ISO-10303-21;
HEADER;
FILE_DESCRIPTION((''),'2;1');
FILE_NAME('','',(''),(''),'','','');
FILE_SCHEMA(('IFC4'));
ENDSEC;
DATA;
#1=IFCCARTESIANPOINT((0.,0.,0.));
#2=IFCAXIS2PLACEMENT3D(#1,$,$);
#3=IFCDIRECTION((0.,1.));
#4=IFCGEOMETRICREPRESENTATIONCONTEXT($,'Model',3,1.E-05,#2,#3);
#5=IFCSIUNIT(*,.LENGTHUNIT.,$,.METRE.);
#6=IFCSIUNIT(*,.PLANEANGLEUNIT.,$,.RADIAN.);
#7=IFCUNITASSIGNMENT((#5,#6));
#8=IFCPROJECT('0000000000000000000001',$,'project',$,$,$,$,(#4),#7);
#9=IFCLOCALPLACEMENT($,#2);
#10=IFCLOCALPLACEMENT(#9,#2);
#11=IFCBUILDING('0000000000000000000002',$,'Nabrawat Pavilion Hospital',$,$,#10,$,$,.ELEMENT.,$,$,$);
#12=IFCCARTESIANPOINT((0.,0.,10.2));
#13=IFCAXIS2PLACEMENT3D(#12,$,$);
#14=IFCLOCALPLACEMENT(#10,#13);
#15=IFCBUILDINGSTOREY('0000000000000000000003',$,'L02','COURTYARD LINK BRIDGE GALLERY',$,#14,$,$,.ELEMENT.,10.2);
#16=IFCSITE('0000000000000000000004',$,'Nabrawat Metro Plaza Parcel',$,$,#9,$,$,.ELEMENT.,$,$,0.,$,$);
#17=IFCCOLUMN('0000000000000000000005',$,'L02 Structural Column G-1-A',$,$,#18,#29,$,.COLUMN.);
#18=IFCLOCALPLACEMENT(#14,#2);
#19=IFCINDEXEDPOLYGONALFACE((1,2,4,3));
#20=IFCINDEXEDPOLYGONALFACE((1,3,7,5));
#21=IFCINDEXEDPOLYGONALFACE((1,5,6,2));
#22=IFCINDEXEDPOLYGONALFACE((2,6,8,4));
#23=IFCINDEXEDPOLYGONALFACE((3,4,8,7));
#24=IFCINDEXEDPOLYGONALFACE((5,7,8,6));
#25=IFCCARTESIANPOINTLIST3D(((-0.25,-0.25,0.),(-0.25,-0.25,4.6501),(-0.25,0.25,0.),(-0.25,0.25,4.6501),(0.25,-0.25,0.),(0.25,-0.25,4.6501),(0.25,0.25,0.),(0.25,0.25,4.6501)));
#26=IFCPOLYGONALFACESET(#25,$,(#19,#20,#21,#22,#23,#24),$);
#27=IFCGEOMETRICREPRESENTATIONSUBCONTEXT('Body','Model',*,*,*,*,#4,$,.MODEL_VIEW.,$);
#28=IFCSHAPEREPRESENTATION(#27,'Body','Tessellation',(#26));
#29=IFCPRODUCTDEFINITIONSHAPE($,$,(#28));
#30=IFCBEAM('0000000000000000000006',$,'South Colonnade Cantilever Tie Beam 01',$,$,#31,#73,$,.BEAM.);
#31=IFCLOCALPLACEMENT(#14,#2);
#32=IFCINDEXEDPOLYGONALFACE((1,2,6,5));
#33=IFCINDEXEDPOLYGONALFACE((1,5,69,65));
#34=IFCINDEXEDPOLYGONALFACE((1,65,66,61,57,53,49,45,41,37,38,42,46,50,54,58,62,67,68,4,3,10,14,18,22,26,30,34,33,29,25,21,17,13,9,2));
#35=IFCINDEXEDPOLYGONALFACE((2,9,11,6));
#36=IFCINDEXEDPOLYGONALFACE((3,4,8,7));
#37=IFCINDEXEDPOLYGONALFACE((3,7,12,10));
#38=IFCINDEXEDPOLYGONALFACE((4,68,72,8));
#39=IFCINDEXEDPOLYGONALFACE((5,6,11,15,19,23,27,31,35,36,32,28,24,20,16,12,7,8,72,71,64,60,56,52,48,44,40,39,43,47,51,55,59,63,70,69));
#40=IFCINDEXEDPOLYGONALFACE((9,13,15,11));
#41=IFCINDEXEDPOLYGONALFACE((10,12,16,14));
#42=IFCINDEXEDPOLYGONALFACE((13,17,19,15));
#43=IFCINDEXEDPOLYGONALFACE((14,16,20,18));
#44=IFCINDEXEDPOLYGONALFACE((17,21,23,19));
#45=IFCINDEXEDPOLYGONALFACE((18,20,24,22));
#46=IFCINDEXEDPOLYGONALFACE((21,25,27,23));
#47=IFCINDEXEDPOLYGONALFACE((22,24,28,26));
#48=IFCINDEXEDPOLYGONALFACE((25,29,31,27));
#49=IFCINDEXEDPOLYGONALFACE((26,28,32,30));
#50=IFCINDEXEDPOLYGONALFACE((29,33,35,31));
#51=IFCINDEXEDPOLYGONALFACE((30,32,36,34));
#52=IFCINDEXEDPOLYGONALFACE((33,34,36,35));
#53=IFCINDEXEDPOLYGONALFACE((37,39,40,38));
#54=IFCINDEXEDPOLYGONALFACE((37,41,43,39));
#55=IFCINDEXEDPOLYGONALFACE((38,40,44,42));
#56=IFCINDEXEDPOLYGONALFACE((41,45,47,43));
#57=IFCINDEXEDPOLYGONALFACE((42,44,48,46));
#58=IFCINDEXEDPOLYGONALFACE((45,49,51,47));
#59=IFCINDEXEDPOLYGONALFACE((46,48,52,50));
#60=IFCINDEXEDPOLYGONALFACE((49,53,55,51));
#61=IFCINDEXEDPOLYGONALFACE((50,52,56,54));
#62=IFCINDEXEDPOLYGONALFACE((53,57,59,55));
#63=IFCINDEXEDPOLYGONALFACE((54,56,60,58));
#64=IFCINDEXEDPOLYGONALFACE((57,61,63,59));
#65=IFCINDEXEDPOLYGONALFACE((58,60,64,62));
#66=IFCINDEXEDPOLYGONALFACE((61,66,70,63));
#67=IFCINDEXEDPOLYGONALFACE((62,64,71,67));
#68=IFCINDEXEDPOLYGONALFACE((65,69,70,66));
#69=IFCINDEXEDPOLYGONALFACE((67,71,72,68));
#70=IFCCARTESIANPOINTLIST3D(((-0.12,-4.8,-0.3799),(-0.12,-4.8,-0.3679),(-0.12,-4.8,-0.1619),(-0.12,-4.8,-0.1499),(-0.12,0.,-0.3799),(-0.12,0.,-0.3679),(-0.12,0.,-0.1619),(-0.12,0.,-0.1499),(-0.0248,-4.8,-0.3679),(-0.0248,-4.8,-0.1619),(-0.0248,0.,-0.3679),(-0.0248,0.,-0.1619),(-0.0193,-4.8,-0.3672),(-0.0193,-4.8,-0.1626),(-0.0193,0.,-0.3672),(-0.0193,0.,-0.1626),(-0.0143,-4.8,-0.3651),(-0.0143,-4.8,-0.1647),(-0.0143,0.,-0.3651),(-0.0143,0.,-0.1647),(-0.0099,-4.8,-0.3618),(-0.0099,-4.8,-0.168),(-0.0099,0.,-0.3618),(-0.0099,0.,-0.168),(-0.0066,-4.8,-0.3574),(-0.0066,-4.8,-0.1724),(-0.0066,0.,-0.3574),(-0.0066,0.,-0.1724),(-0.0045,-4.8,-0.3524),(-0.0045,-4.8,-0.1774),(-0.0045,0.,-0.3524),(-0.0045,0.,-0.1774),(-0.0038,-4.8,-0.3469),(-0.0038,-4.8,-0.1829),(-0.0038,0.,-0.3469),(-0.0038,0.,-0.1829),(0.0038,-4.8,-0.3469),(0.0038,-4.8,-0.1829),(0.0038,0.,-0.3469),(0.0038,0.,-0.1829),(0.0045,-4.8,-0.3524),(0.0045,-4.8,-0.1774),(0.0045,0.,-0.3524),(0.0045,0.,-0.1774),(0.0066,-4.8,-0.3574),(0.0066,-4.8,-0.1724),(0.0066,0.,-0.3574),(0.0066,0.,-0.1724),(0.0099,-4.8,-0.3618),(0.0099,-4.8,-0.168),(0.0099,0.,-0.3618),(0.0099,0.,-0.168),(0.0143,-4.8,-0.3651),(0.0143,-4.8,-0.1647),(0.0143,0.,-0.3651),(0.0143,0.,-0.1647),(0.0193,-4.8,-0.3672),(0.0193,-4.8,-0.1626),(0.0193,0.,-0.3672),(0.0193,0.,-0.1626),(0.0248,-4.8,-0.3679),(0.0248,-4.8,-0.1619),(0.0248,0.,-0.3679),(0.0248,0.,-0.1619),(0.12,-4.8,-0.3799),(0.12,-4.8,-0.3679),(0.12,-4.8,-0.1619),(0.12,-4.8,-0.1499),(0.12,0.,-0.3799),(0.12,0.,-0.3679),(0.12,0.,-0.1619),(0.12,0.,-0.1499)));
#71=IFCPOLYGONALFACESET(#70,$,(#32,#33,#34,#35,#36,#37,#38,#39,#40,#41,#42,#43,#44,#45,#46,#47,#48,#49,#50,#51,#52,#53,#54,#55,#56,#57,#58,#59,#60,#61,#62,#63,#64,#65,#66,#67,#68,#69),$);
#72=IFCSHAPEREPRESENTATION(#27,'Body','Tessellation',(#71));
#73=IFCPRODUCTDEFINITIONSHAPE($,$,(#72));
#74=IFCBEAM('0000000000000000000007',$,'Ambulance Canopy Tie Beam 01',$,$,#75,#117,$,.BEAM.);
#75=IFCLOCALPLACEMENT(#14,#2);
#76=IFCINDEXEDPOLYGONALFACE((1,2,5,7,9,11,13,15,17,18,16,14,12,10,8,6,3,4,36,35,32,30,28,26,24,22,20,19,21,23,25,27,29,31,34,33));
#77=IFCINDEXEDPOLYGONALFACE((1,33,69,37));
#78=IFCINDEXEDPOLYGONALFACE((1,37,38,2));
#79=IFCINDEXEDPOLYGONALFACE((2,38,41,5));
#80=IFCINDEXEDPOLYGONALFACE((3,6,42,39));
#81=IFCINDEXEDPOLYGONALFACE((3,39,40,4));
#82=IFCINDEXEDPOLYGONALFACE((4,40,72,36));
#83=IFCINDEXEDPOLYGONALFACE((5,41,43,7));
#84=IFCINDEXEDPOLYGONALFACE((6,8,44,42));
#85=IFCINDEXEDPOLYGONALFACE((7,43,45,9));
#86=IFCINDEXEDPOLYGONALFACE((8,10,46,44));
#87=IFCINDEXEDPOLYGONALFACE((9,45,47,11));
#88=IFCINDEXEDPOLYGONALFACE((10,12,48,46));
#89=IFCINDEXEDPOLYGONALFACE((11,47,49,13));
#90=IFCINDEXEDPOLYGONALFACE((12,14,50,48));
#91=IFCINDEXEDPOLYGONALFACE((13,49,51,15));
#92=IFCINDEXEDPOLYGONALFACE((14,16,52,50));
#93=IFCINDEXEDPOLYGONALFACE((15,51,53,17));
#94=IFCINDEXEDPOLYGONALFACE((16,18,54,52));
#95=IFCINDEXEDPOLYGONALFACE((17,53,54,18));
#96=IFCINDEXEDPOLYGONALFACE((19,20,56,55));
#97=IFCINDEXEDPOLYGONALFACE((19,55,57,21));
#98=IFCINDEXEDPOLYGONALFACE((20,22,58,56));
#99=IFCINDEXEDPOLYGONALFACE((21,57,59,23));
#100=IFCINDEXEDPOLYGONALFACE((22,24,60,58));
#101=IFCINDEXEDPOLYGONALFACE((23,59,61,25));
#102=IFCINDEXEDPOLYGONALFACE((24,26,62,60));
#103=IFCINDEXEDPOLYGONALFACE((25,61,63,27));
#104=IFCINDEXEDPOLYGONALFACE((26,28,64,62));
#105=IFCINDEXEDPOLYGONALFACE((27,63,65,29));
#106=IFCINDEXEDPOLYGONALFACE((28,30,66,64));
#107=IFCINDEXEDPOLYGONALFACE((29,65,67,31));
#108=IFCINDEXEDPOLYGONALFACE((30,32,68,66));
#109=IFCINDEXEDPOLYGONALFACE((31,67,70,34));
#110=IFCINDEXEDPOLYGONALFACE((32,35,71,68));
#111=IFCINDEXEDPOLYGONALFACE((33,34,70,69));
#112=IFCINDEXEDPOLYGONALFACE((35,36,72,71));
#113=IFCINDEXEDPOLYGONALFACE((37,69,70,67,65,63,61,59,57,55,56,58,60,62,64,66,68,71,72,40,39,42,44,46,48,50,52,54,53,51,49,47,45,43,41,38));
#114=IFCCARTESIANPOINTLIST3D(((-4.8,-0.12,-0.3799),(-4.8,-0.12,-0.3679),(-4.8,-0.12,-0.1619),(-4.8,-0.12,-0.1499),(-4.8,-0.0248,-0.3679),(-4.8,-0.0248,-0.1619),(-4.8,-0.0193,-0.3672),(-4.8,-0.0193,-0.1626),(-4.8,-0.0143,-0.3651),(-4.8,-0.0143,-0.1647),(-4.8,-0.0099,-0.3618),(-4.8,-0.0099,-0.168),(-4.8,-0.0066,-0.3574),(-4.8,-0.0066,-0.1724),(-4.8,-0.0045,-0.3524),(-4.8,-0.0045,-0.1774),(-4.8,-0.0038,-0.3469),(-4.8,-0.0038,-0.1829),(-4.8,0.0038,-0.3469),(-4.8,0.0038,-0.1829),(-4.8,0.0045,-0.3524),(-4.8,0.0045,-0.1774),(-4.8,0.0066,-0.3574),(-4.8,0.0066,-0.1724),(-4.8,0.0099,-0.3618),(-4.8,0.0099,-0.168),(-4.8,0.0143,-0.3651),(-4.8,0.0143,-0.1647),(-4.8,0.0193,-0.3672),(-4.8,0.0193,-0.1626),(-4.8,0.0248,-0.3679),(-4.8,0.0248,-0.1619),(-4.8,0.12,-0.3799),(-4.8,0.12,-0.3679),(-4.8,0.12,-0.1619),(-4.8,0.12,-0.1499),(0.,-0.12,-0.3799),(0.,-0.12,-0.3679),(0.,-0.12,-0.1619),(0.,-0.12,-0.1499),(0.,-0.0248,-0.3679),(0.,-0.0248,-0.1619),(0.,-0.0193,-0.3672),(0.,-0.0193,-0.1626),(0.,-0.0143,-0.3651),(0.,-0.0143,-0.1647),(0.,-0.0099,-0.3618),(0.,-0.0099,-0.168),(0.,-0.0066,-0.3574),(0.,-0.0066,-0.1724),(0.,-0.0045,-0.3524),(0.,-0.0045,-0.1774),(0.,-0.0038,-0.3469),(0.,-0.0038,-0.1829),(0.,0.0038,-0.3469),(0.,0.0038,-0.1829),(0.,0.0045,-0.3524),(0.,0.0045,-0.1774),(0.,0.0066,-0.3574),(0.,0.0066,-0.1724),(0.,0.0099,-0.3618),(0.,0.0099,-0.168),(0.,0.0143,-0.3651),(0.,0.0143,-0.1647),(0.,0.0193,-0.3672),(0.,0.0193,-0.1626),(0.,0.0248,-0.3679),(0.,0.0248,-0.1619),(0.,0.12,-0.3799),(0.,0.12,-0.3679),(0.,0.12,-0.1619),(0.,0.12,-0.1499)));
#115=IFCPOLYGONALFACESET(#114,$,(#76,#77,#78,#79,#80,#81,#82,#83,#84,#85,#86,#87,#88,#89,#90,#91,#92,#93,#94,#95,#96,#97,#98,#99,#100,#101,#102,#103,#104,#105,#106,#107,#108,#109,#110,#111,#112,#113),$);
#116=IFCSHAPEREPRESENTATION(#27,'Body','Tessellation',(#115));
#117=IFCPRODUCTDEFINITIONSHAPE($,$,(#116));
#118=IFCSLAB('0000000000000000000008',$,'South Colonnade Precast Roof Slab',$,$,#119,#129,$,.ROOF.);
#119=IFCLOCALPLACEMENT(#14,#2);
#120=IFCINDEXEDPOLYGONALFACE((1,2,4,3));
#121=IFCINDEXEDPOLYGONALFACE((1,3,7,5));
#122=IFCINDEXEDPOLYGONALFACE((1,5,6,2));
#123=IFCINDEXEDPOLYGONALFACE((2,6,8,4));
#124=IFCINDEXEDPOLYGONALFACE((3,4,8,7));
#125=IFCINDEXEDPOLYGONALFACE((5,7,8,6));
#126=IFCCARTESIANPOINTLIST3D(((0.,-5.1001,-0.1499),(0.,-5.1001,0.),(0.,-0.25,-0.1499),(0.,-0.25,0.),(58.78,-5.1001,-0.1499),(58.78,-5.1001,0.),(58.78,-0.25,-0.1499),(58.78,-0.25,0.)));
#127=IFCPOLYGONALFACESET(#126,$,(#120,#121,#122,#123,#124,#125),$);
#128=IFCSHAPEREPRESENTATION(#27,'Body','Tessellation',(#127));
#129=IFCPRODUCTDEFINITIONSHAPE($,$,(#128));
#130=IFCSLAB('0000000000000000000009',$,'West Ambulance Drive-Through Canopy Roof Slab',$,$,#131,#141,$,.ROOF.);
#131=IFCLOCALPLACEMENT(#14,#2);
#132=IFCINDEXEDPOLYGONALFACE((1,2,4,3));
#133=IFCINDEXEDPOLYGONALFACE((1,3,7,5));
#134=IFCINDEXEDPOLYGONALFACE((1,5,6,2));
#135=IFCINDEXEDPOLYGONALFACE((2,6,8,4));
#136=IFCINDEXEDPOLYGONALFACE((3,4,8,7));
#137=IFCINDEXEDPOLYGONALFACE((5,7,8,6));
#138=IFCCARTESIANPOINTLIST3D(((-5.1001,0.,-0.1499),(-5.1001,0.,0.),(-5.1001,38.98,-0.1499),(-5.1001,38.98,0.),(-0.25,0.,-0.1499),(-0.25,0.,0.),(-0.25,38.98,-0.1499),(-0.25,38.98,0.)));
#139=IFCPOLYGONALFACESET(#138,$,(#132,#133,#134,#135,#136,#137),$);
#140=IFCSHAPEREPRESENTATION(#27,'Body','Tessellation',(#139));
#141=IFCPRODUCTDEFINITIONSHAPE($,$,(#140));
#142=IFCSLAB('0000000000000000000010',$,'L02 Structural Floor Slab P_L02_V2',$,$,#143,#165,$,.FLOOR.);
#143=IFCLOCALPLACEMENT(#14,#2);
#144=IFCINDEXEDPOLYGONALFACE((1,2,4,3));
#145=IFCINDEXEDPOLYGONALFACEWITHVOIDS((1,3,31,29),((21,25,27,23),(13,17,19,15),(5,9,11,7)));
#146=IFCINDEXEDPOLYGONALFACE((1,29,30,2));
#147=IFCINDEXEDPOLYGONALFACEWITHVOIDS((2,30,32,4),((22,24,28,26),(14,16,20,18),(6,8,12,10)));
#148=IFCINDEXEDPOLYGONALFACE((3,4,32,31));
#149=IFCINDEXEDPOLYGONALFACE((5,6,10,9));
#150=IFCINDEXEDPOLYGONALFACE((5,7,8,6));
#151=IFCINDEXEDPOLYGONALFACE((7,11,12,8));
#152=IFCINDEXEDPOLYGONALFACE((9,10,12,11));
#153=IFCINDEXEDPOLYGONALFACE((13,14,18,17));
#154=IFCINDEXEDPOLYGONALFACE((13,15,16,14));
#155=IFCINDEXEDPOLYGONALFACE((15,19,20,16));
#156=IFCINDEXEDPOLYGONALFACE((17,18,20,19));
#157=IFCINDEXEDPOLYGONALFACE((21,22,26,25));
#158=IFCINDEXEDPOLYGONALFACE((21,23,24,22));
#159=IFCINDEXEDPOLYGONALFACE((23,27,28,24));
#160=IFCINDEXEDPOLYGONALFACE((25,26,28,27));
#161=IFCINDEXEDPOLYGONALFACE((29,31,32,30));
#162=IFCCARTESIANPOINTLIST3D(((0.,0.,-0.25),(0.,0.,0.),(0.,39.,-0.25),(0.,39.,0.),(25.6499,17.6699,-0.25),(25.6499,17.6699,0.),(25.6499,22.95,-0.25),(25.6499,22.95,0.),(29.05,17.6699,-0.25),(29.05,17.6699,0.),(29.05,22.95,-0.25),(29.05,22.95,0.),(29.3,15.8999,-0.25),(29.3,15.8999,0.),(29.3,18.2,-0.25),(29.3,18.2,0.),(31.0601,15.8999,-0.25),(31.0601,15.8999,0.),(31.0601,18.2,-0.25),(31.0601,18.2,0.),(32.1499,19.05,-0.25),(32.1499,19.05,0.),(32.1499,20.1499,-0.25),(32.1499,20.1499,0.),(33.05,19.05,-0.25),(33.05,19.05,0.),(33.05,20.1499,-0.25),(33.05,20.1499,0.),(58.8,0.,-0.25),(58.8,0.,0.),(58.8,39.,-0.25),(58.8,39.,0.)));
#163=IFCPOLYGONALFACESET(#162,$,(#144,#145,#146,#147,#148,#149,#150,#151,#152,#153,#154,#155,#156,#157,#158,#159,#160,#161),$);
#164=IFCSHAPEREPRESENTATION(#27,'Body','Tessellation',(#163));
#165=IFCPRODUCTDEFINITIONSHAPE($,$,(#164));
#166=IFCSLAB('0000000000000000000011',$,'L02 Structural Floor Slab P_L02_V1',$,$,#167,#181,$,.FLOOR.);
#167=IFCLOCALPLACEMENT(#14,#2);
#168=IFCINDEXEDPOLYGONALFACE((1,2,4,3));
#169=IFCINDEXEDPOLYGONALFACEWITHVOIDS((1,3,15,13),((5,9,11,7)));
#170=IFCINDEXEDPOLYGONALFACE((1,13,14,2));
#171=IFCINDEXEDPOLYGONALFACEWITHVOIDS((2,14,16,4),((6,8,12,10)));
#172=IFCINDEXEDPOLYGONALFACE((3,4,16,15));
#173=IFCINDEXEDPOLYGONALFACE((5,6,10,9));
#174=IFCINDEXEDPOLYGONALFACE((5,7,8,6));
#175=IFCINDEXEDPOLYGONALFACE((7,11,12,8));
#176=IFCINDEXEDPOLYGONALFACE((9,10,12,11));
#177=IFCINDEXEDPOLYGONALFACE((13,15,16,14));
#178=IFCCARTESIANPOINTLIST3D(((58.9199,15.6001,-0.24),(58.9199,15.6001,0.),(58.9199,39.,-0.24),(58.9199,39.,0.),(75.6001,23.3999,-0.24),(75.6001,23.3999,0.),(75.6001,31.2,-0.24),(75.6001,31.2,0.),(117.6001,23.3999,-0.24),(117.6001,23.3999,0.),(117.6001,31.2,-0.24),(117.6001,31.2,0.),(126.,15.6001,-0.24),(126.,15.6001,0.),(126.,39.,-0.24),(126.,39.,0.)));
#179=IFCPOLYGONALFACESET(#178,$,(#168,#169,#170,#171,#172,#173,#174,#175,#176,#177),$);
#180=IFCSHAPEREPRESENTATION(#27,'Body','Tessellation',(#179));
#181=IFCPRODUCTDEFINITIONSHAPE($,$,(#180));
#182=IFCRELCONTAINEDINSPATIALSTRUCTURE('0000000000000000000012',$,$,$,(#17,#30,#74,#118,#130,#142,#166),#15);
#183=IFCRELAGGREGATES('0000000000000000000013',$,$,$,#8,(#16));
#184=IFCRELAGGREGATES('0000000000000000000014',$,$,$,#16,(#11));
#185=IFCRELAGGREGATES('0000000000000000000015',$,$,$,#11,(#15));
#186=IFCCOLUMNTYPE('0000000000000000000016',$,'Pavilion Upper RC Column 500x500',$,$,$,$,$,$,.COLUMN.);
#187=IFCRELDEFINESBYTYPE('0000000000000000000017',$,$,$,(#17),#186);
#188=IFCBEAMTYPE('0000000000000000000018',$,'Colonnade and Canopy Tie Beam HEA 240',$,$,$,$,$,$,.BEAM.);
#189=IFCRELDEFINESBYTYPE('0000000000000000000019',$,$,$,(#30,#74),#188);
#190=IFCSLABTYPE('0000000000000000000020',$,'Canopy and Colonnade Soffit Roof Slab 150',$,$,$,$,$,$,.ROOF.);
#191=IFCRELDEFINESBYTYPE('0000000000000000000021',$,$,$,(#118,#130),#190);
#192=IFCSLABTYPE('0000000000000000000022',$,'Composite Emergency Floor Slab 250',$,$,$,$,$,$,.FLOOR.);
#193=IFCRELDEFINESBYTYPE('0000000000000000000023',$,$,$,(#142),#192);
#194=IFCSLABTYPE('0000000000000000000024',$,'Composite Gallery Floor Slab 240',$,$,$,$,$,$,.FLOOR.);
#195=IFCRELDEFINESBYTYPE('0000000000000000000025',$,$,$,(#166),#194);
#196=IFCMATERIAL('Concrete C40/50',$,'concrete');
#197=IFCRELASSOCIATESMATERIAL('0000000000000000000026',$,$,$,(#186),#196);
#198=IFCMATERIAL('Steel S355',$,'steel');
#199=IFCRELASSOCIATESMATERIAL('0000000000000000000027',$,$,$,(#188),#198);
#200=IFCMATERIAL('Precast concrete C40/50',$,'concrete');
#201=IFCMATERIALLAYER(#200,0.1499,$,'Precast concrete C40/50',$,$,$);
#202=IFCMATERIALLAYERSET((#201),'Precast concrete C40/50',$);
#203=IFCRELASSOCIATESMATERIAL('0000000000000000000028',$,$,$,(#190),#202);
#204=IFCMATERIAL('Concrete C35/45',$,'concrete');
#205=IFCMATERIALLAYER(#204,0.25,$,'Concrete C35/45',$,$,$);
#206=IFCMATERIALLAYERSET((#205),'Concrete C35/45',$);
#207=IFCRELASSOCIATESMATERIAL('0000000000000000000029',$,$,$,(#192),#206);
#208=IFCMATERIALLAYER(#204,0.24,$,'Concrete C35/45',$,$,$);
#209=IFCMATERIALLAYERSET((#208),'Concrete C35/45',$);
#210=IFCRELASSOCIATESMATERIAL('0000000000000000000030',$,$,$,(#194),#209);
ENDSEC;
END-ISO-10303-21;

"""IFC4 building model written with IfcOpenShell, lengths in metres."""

from ifc_helpers import new_model, si_unit, direction, frame, origin, origin_with_axes, origin_2d, place, context, subcontext, project, spatial, polyline, rectangle, i_section, outline, extrude, material, layer, layer_set, material_profile, profile_set, type_object, element, save


model = new_model("IFC4")

# Units and contexts
model_context = context("Model", 3, precision=1e-05, world=origin(), true_north=direction((0.0, 1.0)))
body_context = subcontext(model_context, "Body", "Model", "MODEL_VIEW")
ifc_project = project(units=[si_unit("LENGTHUNIT", "METRE"), si_unit("PLANEANGLEUNIT", "RADIAN")], contexts=[model_context])

# Site, building, storey
site_placement = place(None, origin())
site = spatial("IfcSite", under=ifc_project, at=site_placement, Name="Nabrawat Metro Plaza Parcel", CompositionType="ELEMENT", RefElevation=0.0)
building_placement = place(site_placement, origin())
building = spatial("IfcBuilding", under=site, at=building_placement, Name="Nabrawat Pavilion Hospital", CompositionType="ELEMENT")
storey_placement = place(building_placement, frame((0.0, 0.0, 10.2)))
storey = spatial("IfcBuildingStorey", under=building, at=storey_placement, Name="L02", Description="COURTYARD LINK BRIDGE GALLERY", CompositionType="ELEMENT", Elevation=10.2)

# Column
ifc_material_1 = material(Name="Concrete C40/50", Category="concrete")
ifc_material_profile_1 = material_profile(ifc_material_1, rectangle(XDim=0.5, YDim=0.5, at=origin_2d()), Name="RC 500x500")
ifc_profile_set_1 = profile_set([ifc_material_profile_1], Name="Concrete C40/50")
column_type = type_object("IfcColumnType", Name="Pavilion Upper RC Column 500x500", PredefinedType="COLUMN", material=ifc_profile_set_1)
column_placement = place(storey_placement, origin_with_axes())
element("IfcColumn", 1, at=column_placement, inside=storey, type_object=column_type, Name="L02 Structural Column G-1-A", PredefinedType="COLUMN", context=body_context, shape_type="SweptSolid", body=[
    extrude(rectangle(XDim=0.5, YDim=0.5, at=origin_2d()), origin(), (0.0, 0.0, 1.0), 4.6501),
])

# Beams
ifc_material_2 = material(Name="Steel S355", Category="steel")
ifc_material_profile_2 = material_profile(ifc_material_2, i_section(OverallWidth=0.24, OverallDepth=0.23, WebThickness=0.0076, FlangeThickness=0.012, FilletRadius=0.021, at=origin_2d()), Name="HEA 240")
ifc_profile_set_2 = profile_set([ifc_material_profile_2], Name="Steel S355")
beam_type = type_object("IfcBeamType", Name="Colonnade and Canopy Tie Beam HEA 240", PredefinedType="BEAM", material=ifc_profile_set_2)
for number, where, z_axis, x_axis, name in (
    (2, (0.0, -4.8, -0.2649), (0.0, 1.0, 0.0), (-1.0, 0.0, 0.0), "South Colonnade Cantilever Tie Beam 01"),
    (3, (-4.8, 0.0, -0.2649), (1.0, 0.0, 0.0), (0.0, 1.0, 0.0), "Ambulance Canopy Tie Beam 01"),
):
    element("IfcBeam", number, at=place(storey_placement, frame(where, z_axis=z_axis, x_axis=x_axis)), inside=storey, type_object=beam_type, Name=name, PredefinedType="BEAM", context=body_context, shape_type="SweptSolid", body=[
        extrude(i_section(OverallWidth=0.24, OverallDepth=0.23, WebThickness=0.0076, FlangeThickness=0.012, FilletRadius=0.021, at=origin_2d()), origin(), (0.0, 0.0, 1.0), 4.8),
    ])

# Slabs
ifc_material_3 = material(Name="Precast concrete C40/50", Category="concrete")
ifc_layer_1 = layer(ifc_material_3, 0.1499, Name="Precast concrete C40/50")
ifc_layer_set_1 = layer_set([ifc_layer_1], Name="Precast concrete C40/50")
slab_type_1 = type_object("IfcSlabType", Name="Canopy and Colonnade Soffit Roof Slab 150", PredefinedType="ROOF", material=ifc_layer_set_1)
slab_1_placement = place(storey_placement, frame((0.0, 0.0, -0.1499)))
element("IfcSlab", 4, at=slab_1_placement, inside=storey, type_object=slab_type_1, Name="South Colonnade Precast Roof Slab", PredefinedType="ROOF", context=body_context, shape_type="SweptSolid", body=[
    extrude(outline(polyline([(58.78, -5.1001), (58.78, -0.25), (0.0, -0.25), (0.0, -5.1001), (58.78, -5.1001)])), origin(), (0.0, 0.0, 1.0), 0.1499),
])
slab_2_placement = place(storey_placement, frame((0.0, 0.0, -0.1499)))
element("IfcSlab", 5, at=slab_2_placement, inside=storey, type_object=slab_type_1, Name="West Ambulance Drive-Through Canopy Roof Slab", PredefinedType="ROOF", context=body_context, shape_type="SweptSolid", body=[
    extrude(outline(polyline([(-0.25, 0.0), (-0.25, 38.98), (-5.1001, 38.98), (-5.1001, 0.0), (-0.25, 0.0)])), origin(), (0.0, 0.0, 1.0), 0.1499),
])
ifc_material_4 = material(Name="Concrete C35/45", Category="concrete")
ifc_layer_2 = layer(ifc_material_4, 0.25, Name="Concrete C35/45")
ifc_layer_set_2 = layer_set([ifc_layer_2], Name="Concrete C35/45")
slab_type_2 = type_object("IfcSlabType", Name="Composite Emergency Floor Slab 250", PredefinedType="FLOOR", material=ifc_layer_set_2)
slab_3_placement = place(storey_placement, frame((0.0, 0.0, -0.25)))
element("IfcSlab", 6, at=slab_3_placement, inside=storey, type_object=slab_type_2, Name="L02 Structural Floor Slab P_L02_V2", PredefinedType="FLOOR", context=body_context, shape_type="SweptSolid", body=[
    extrude(outline(polyline([(0.0, 0.0), (58.8, 0.0), (58.8, 39.0), (0.0, 39.0), (0.0, 0.0)]), holes=[polyline([(32.1499, 19.05), (32.1499, 20.1499), (33.05, 20.1499), (33.05, 19.05), (32.1499, 19.05)]), polyline([(31.0601, 18.2), (31.0601, 15.8999), (29.3, 15.8999), (29.3, 18.2), (31.0601, 18.2)]), polyline([(29.05, 17.6699), (25.6499, 17.6699), (25.6499, 22.95), (29.05, 22.95), (29.05, 17.6699)])]), origin(), (0.0, 0.0, 1.0), 0.25),
])
ifc_layer_3 = layer(ifc_material_4, 0.24, Name="Concrete C35/45")
ifc_layer_set_3 = layer_set([ifc_layer_3], Name="Concrete C35/45")
slab_type_3 = type_object("IfcSlabType", Name="Composite Gallery Floor Slab 240", PredefinedType="FLOOR", material=ifc_layer_set_3)
slab_4_placement = place(storey_placement, frame((0.0, 0.0, -0.24)))
element("IfcSlab", 7, at=slab_4_placement, inside=storey, type_object=slab_type_3, Name="L02 Structural Floor Slab P_L02_V1", PredefinedType="FLOOR", context=body_context, shape_type="SweptSolid", body=[
    extrude(outline(polyline([(58.9199, 15.6001), (126.0, 15.6001), (126.0, 39.0), (58.9199, 39.0), (58.9199, 15.6001)]), holes=[polyline([(75.6001, 23.3999), (75.6001, 31.2), (117.6001, 31.2), (117.6001, 23.3999), (75.6001, 23.3999)])]), origin(), (0.0, 0.0, 1.0), 0.24),
])

save(model, "model.ifc")
